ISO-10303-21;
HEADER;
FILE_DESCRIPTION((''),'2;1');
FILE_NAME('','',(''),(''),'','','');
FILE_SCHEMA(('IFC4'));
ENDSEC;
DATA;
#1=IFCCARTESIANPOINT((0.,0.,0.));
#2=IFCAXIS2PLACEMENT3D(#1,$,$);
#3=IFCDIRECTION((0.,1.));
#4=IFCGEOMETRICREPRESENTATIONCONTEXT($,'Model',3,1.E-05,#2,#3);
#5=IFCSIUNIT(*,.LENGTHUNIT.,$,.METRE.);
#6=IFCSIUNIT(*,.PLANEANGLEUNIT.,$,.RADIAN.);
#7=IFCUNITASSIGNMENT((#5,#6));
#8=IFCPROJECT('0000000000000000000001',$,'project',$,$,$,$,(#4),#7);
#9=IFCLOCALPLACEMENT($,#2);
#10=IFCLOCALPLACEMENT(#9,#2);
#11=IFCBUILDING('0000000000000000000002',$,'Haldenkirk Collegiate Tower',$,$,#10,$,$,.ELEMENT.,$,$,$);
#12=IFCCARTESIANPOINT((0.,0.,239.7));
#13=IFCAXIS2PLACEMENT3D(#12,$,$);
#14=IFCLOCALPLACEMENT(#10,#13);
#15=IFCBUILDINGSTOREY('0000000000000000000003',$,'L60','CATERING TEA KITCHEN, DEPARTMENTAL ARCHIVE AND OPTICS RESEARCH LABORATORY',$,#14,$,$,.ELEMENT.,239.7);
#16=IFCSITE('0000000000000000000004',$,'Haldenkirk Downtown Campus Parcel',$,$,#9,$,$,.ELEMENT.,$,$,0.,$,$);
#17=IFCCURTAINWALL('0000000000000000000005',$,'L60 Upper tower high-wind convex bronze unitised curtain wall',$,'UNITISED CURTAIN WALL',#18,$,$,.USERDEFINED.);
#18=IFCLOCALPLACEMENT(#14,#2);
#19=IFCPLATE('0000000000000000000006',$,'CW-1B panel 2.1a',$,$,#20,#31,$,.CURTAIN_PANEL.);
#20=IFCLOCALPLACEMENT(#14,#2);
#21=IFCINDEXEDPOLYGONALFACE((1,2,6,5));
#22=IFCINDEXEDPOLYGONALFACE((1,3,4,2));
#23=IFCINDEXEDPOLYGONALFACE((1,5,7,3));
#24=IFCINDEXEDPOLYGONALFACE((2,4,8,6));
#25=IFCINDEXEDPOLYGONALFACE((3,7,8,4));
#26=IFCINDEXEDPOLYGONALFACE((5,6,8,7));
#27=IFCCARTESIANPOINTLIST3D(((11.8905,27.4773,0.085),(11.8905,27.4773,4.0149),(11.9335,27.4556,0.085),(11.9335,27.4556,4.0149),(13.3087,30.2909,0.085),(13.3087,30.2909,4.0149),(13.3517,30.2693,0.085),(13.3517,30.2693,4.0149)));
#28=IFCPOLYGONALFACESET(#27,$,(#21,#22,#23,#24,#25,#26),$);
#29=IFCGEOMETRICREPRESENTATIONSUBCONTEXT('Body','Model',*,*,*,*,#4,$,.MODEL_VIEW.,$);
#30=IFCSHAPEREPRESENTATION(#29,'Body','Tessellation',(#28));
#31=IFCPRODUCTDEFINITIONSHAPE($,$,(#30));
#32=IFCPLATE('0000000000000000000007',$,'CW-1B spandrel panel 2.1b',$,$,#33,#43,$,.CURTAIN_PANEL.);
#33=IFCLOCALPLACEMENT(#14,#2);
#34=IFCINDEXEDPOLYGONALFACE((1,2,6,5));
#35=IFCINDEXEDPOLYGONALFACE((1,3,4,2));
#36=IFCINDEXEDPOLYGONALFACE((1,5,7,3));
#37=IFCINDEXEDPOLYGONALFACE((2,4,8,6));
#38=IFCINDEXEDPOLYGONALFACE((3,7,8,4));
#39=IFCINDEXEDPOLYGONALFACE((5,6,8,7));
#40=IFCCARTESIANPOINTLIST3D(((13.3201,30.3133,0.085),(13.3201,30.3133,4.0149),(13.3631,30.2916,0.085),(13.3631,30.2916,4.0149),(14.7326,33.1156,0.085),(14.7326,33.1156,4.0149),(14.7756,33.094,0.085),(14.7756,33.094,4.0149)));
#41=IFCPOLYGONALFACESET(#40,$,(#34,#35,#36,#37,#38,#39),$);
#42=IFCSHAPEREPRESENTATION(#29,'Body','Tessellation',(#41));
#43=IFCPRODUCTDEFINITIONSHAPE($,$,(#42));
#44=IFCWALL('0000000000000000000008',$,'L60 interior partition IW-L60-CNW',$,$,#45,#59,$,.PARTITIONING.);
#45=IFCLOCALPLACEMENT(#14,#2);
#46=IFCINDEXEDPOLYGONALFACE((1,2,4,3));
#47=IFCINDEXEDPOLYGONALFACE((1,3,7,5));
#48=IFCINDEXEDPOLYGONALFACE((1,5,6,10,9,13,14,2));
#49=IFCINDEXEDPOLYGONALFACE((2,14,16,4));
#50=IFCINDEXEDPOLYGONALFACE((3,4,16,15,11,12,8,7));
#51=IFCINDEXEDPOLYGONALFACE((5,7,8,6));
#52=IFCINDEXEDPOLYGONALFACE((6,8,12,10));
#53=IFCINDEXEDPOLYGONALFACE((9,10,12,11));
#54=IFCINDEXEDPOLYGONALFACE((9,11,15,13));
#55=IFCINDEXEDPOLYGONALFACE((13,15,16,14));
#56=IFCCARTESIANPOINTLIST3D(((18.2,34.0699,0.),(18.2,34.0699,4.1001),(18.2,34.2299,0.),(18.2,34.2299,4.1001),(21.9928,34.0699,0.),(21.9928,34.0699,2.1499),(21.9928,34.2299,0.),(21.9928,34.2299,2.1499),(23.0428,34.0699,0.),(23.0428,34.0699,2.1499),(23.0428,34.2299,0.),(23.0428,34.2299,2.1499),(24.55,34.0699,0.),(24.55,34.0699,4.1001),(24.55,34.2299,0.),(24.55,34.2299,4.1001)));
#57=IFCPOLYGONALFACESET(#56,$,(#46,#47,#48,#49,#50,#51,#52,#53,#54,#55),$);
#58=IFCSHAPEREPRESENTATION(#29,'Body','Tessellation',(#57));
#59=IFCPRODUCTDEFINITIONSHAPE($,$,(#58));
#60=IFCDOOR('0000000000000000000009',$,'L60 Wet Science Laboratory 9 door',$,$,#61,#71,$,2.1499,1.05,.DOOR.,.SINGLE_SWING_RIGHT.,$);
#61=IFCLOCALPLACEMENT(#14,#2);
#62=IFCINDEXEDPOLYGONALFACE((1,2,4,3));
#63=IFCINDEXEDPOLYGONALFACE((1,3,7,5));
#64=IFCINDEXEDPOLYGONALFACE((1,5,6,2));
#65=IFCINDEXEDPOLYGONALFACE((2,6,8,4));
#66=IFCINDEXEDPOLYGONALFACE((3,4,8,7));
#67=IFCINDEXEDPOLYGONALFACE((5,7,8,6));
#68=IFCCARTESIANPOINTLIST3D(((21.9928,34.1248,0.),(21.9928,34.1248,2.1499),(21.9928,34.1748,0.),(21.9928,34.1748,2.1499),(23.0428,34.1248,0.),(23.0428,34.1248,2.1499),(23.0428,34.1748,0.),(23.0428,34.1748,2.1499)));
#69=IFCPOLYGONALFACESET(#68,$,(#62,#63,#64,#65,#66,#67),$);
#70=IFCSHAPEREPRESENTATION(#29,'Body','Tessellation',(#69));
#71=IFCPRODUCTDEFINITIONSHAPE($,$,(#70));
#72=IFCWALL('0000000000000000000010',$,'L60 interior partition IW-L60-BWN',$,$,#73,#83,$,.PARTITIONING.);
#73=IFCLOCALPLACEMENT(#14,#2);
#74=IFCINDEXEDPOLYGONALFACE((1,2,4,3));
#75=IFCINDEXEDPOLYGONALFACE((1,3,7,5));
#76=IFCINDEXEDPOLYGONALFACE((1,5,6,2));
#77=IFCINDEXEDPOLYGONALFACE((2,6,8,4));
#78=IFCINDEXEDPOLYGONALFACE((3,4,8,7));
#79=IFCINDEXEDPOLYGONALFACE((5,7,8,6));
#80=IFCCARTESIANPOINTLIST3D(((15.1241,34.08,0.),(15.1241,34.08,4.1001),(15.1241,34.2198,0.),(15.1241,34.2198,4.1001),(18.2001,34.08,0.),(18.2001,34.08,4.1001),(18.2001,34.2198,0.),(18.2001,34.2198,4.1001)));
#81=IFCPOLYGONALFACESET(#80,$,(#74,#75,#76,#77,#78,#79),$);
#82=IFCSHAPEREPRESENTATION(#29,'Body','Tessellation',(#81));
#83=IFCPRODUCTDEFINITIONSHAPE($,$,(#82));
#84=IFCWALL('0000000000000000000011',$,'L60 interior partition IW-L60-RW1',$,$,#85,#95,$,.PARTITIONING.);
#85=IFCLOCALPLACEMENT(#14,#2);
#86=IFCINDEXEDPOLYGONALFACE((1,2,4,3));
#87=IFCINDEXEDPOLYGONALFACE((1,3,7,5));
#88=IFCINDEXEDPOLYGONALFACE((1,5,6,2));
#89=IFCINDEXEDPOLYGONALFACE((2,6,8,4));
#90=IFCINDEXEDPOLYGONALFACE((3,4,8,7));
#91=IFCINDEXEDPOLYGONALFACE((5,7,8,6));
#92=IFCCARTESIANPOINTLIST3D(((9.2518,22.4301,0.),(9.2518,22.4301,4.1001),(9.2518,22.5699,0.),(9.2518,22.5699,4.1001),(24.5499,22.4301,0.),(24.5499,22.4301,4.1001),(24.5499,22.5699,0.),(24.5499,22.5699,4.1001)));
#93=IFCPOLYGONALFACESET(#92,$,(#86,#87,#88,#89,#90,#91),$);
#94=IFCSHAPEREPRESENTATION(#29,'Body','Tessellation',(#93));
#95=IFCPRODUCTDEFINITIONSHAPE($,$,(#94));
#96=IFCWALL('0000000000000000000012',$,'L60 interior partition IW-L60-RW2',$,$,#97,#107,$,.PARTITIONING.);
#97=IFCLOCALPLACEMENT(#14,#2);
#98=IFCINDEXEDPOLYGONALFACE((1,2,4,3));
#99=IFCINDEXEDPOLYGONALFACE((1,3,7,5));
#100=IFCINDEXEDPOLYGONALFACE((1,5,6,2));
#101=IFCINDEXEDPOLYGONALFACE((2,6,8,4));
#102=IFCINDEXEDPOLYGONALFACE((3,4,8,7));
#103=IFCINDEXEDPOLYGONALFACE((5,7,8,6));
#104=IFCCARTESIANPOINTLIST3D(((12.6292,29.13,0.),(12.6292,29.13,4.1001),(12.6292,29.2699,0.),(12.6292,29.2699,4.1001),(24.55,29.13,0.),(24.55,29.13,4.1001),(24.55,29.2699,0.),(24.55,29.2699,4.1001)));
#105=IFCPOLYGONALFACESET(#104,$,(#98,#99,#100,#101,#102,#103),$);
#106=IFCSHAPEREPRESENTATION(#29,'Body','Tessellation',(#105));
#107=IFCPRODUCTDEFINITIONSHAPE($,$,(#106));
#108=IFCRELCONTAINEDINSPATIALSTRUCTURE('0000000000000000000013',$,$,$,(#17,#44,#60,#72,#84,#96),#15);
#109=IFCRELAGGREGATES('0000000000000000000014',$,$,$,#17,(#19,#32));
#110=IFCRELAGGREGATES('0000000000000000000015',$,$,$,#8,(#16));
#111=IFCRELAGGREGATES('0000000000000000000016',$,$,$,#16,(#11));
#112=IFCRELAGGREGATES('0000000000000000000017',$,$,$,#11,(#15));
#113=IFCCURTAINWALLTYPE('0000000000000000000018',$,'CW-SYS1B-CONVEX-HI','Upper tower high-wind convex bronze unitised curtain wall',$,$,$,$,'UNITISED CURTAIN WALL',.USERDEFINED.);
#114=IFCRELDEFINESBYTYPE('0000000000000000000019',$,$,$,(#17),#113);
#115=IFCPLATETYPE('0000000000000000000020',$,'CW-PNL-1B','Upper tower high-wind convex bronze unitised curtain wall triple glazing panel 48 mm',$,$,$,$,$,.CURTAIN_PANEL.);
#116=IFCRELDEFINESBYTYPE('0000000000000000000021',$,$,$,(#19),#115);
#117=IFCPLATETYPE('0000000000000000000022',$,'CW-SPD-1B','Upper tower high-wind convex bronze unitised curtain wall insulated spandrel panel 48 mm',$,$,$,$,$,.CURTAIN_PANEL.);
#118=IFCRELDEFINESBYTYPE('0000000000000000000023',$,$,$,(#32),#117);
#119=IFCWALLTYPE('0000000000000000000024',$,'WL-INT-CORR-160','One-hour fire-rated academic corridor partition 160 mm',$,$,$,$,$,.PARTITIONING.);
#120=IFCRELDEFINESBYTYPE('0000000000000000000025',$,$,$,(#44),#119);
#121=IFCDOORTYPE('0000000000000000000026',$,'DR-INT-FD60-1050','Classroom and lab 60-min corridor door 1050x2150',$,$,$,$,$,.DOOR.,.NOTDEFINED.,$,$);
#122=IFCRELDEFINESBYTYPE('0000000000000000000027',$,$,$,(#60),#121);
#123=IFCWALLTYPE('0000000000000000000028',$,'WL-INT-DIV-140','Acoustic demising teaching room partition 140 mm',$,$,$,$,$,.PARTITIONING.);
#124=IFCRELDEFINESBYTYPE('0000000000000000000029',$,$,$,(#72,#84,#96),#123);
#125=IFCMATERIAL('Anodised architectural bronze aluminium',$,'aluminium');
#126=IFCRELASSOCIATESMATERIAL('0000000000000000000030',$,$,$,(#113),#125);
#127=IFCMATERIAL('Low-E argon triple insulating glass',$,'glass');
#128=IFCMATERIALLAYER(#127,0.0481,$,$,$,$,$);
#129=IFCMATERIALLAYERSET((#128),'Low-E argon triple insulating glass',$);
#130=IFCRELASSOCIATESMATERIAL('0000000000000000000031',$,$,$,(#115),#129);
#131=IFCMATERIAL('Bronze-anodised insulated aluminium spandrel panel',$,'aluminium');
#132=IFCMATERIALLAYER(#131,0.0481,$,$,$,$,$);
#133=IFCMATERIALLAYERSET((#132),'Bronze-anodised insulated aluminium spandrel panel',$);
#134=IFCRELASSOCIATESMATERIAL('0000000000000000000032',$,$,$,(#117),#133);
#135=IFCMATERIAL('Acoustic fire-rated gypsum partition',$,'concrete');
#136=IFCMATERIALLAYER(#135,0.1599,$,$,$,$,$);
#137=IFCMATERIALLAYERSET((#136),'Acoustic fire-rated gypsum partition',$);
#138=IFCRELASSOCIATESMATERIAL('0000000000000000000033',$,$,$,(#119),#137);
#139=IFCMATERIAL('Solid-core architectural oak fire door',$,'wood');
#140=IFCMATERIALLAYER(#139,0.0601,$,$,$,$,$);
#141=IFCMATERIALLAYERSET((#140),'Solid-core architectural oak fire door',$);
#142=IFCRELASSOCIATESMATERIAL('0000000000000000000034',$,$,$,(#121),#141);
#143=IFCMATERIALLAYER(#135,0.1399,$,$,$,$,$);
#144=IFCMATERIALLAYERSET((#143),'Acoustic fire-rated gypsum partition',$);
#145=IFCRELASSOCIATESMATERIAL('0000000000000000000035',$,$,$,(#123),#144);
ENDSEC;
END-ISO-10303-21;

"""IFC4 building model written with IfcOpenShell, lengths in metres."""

from ifc_helpers import new_model, si_unit, direction, frame, frame_2d, origin, origin_2d, place, context, subcontext, project, spatial, rectangle, extrude, source, transform, mapped, material, layer, layer_set, type_object, element, fill, aggregate, save


model = new_model("IFC4")

# Units and contexts
model_context = context("Model", 3, precision=1e-05, world=origin(), true_north=direction((0.0, 1.0)))
body_context = subcontext(model_context, "Body", "Model", "MODEL_VIEW")
ifc_project = project(units=[si_unit("LENGTHUNIT", "METRE"), si_unit("PLANEANGLEUNIT", "RADIAN")], contexts=[model_context])

# Site, building, storey
site_placement = place(None, origin())
site = spatial("IfcSite", under=ifc_project, at=site_placement, Name="Haldenkirk Downtown Campus Parcel", CompositionType="ELEMENT", RefElevation=0.0)
building_placement = place(site_placement, origin())
building = spatial("IfcBuilding", under=site, at=building_placement, Name="Haldenkirk Collegiate Tower", CompositionType="ELEMENT")
storey_placement = place(building_placement, frame((0.0, 0.0, 239.7)))
storey = spatial("IfcBuildingStorey", under=building, at=storey_placement, Name="L60", Description="CATERING TEA KITCHEN, DEPARTMENTAL ARCHIVE AND OPTICS RESEARCH LABORATORY", CompositionType="ELEMENT", Elevation=239.7)

# Curtain wall, plates
ifc_material_1 = material(Name="Anodised architectural bronze aluminium", Category="aluminium")
curtain_wall_type = type_object("IfcCurtainWallType", Name="CW-SYS1B-CONVEX-HI", Description="Upper tower high-wind convex bronze unitised curtain wall", ElementType="UNITISED CURTAIN WALL", PredefinedType="USERDEFINED", material=ifc_material_1)
curtain_wall_placement = place(storey_placement, origin())
curtain_wall = element("IfcCurtainWall", 1, at=curtain_wall_placement, inside=storey, type_object=curtain_wall_type, Name="L60 Upper tower high-wind convex bronze unitised curtain wall", ObjectType="UNITISED CURTAIN WALL", PredefinedType="USERDEFINED")
ifc_material_2 = material(Name="Low-E argon triple insulating glass", Category="glass")
ifc_layer_1 = layer(ifc_material_2, 0.0481)
ifc_layer_set_1 = layer_set([ifc_layer_1], Name="Low-E argon triple insulating glass")
plate_type_1 = type_object("IfcPlateType", Name="CW-PNL-1B", Description="Upper tower high-wind convex bronze unitised curtain wall triple glazing panel 48 mm", PredefinedType="CURTAIN_PANEL", material=ifc_layer_set_1)
shared_shape_1 = source(origin(), body_context, "Body", "SweptSolid", [
    extrude(rectangle(XDim=3.1509, YDim=0.0481, at=origin_2d()), origin(), (0.0, 0.0, 1.0), 3.9299),
])
plate_1_placement = place(storey_placement, frame((12.6211, 28.8733, 0.085), z_axis=(0.0, 0.0, 1.0), x_axis=(0.4501, 0.892978, 0.0)))
plate_1 = element("IfcPlate", 2, at=plate_1_placement, type_object=plate_type_1, Name="CW-1B panel 2.1a", PredefinedType="CURTAIN_PANEL", context=body_context, shape_type="MappedRepresentation", body=[
    mapped(shared_shape_1, transform((0.0, 0.0, 0.0), x_axis=(1.0, 0.0, 0.0), y_axis=(0.0, 1.0, 0.0), z_axis=(0.0, 0.0, 1.0), scale=1.0)),
])
ifc_material_3 = material(Name="Bronze-anodised insulated aluminium spandrel panel", Category="aluminium")
ifc_layer_2 = layer(ifc_material_3, 0.0481)
ifc_layer_set_2 = layer_set([ifc_layer_2], Name="Bronze-anodised insulated aluminium spandrel panel")
plate_type_2 = type_object("IfcPlateType", Name="CW-SPD-1B", Description="Upper tower high-wind convex bronze unitised curtain wall insulated spandrel panel 48 mm", PredefinedType="CURTAIN_PANEL", material=ifc_layer_set_2)
shared_shape_2 = source(origin(), body_context, "Body", "SweptSolid", [
    extrude(rectangle(XDim=3.1382, YDim=0.0481, at=origin_2d()), origin(), (0.0, 0.0, 1.0), 3.9299),
])
plate_2_placement = place(storey_placement, frame((14.0479, 31.7036, 0.085), z_axis=(0.0, 0.0, 1.0), x_axis=(0.4501, 0.892978, 0.0)))
plate_2 = element("IfcPlate", 3, at=plate_2_placement, type_object=plate_type_2, Name="CW-1B spandrel panel 2.1b", PredefinedType="CURTAIN_PANEL", context=body_context, shape_type="MappedRepresentation", body=[
    mapped(shared_shape_2, transform((0.0, 0.0, 0.0), x_axis=(1.0, 0.0, 0.0), y_axis=(0.0, 1.0, 0.0), z_axis=(0.0, 0.0, 1.0), scale=1.0)),
])
aggregate(curtain_wall, [plate_1, plate_2])

# Wall, opening, door
ifc_material_4 = material(Name="Acoustic fire-rated gypsum partition", Category="concrete")
ifc_layer_3 = layer(ifc_material_4, 0.1599)
ifc_layer_set_3 = layer_set([ifc_layer_3], Name="Acoustic fire-rated gypsum partition")
wall_type_1 = type_object("IfcWallType", Name="WL-INT-CORR-160", Description="One-hour fire-rated academic corridor partition 160 mm", PredefinedType="PARTITIONING", material=ifc_layer_set_3)
wall_1_placement = place(storey_placement, frame((18.2, 34.1499, 0.0), z_axis=(0.0, 0.0, 1.0), x_axis=(1.0, 0.0, 0.0)))
wall_1 = element("IfcWall", 4, at=wall_1_placement, inside=storey, type_object=wall_type_1, Name="L60 interior partition IW-L60-CNW", PredefinedType="PARTITIONING", context=body_context, shape_type="SweptSolid", body=[
    extrude(rectangle(XDim=6.3501, YDim=0.1599, at=frame_2d((3.175, 0.0))), origin(), (0.0, 0.0, 1.0), 4.1001),
])
opening_1_placement = place(wall_1_placement, frame((3.793, 0.0, 0.0)))
opening_1 = element("IfcOpeningElement", 5, at=opening_1_placement, cuts=wall_1, PredefinedType="OPENING", context=body_context, shape_type="SweptSolid", body=[
    extrude(rectangle(XDim=1.05, YDim=2.1499, at=frame_2d((0.5249, 1.075))), frame((0.0, 0.0898, 0.0), z_axis=(0.0, -1.0, 0.0), x_axis=(1.0, 0.0, 0.0)), (0.0, 0.0, 1.0), 0.1799),
])
ifc_material_5 = material(Name="Solid-core architectural oak fire door", Category="wood")
ifc_layer_4 = layer(ifc_material_5, 0.0601)
ifc_layer_set_4 = layer_set([ifc_layer_4], Name="Solid-core architectural oak fire door")
door_type_1 = type_object("IfcDoorType", Name="DR-INT-FD60-1050", Description="Classroom and lab 60-min corridor door 1050x2150", OperationType="NOTDEFINED", PredefinedType="DOOR", material=ifc_layer_set_4)
door_1_placement = place(opening_1_placement, origin())
door_1 = element("IfcDoor", 6, at=door_1_placement, inside=storey, type_object=door_type_1, Name="L60 Wet Science Laboratory 9 door", OperationType="SINGLE_SWING_RIGHT", OverallHeight=2.1499, OverallWidth=1.05, PredefinedType="DOOR", context=body_context, shape_type="SweptSolid", body=[
    extrude(rectangle(XDim=1.05, YDim=2.1499, at=frame_2d((0.5249, 1.075))), frame((0.0, 0.0249, 0.0), z_axis=(0.0, -1.0, 0.0), x_axis=(1.0, 0.0, 0.0)), (0.0, 0.0, 1.0), 0.05),
])
fill(opening_1, door_1)

# Walls
ifc_layer_5 = layer(ifc_material_4, 0.1399)
ifc_layer_set_5 = layer_set([ifc_layer_5], Name="Acoustic fire-rated gypsum partition")
wall_type_2 = type_object("IfcWallType", Name="WL-INT-DIV-140", Description="Acoustic demising teaching room partition 140 mm", PredefinedType="PARTITIONING", material=ifc_layer_set_5)
wall_2_placement = place(storey_placement, frame((15.124, 34.1499, 0.0), z_axis=(0.0, 0.0, 1.0), x_axis=(1.0, 0.0, 0.0)))
element("IfcWall", 7, at=wall_2_placement, inside=storey, type_object=wall_type_2, Name="L60 interior partition IW-L60-BWN", PredefinedType="PARTITIONING", context=body_context, shape_type="SweptSolid", body=[
    extrude(rectangle(XDim=3.0759, YDim=0.1399, at=frame_2d((1.5381, 0.0))), origin(), (0.0, 0.0, 1.0), 4.1001),
])
wall_3_placement = place(storey_placement, frame((9.252, 22.5, 0.0), z_axis=(0.0, 0.0, 1.0), x_axis=(1.0, 0.0, 0.0)))
element("IfcWall", 8, at=wall_3_placement, inside=storey, type_object=wall_type_2, Name="L60 interior partition IW-L60-RW1", PredefinedType="PARTITIONING", context=body_context, shape_type="SweptSolid", body=[
    extrude(rectangle(XDim=15.2981, YDim=0.1399, at=frame_2d((7.6489, 0.0))), origin(), (0.0, 0.0, 1.0), 4.1001),
])
wall_4_placement = place(storey_placement, frame((12.6292, 29.2, 0.0), z_axis=(0.0, 0.0, 1.0), x_axis=(1.0, 0.0, 0.0)))
element("IfcWall", 9, at=wall_4_placement, inside=storey, type_object=wall_type_2, Name="L60 interior partition IW-L60-RW2", PredefinedType="PARTITIONING", context=body_context, shape_type="SweptSolid", body=[
    extrude(rectangle(XDim=11.9209, YDim=0.1399, at=frame_2d((5.9604, 0.0))), origin(), (0.0, 0.0, 1.0), 4.1001),
])

save(model, "model.ifc")
